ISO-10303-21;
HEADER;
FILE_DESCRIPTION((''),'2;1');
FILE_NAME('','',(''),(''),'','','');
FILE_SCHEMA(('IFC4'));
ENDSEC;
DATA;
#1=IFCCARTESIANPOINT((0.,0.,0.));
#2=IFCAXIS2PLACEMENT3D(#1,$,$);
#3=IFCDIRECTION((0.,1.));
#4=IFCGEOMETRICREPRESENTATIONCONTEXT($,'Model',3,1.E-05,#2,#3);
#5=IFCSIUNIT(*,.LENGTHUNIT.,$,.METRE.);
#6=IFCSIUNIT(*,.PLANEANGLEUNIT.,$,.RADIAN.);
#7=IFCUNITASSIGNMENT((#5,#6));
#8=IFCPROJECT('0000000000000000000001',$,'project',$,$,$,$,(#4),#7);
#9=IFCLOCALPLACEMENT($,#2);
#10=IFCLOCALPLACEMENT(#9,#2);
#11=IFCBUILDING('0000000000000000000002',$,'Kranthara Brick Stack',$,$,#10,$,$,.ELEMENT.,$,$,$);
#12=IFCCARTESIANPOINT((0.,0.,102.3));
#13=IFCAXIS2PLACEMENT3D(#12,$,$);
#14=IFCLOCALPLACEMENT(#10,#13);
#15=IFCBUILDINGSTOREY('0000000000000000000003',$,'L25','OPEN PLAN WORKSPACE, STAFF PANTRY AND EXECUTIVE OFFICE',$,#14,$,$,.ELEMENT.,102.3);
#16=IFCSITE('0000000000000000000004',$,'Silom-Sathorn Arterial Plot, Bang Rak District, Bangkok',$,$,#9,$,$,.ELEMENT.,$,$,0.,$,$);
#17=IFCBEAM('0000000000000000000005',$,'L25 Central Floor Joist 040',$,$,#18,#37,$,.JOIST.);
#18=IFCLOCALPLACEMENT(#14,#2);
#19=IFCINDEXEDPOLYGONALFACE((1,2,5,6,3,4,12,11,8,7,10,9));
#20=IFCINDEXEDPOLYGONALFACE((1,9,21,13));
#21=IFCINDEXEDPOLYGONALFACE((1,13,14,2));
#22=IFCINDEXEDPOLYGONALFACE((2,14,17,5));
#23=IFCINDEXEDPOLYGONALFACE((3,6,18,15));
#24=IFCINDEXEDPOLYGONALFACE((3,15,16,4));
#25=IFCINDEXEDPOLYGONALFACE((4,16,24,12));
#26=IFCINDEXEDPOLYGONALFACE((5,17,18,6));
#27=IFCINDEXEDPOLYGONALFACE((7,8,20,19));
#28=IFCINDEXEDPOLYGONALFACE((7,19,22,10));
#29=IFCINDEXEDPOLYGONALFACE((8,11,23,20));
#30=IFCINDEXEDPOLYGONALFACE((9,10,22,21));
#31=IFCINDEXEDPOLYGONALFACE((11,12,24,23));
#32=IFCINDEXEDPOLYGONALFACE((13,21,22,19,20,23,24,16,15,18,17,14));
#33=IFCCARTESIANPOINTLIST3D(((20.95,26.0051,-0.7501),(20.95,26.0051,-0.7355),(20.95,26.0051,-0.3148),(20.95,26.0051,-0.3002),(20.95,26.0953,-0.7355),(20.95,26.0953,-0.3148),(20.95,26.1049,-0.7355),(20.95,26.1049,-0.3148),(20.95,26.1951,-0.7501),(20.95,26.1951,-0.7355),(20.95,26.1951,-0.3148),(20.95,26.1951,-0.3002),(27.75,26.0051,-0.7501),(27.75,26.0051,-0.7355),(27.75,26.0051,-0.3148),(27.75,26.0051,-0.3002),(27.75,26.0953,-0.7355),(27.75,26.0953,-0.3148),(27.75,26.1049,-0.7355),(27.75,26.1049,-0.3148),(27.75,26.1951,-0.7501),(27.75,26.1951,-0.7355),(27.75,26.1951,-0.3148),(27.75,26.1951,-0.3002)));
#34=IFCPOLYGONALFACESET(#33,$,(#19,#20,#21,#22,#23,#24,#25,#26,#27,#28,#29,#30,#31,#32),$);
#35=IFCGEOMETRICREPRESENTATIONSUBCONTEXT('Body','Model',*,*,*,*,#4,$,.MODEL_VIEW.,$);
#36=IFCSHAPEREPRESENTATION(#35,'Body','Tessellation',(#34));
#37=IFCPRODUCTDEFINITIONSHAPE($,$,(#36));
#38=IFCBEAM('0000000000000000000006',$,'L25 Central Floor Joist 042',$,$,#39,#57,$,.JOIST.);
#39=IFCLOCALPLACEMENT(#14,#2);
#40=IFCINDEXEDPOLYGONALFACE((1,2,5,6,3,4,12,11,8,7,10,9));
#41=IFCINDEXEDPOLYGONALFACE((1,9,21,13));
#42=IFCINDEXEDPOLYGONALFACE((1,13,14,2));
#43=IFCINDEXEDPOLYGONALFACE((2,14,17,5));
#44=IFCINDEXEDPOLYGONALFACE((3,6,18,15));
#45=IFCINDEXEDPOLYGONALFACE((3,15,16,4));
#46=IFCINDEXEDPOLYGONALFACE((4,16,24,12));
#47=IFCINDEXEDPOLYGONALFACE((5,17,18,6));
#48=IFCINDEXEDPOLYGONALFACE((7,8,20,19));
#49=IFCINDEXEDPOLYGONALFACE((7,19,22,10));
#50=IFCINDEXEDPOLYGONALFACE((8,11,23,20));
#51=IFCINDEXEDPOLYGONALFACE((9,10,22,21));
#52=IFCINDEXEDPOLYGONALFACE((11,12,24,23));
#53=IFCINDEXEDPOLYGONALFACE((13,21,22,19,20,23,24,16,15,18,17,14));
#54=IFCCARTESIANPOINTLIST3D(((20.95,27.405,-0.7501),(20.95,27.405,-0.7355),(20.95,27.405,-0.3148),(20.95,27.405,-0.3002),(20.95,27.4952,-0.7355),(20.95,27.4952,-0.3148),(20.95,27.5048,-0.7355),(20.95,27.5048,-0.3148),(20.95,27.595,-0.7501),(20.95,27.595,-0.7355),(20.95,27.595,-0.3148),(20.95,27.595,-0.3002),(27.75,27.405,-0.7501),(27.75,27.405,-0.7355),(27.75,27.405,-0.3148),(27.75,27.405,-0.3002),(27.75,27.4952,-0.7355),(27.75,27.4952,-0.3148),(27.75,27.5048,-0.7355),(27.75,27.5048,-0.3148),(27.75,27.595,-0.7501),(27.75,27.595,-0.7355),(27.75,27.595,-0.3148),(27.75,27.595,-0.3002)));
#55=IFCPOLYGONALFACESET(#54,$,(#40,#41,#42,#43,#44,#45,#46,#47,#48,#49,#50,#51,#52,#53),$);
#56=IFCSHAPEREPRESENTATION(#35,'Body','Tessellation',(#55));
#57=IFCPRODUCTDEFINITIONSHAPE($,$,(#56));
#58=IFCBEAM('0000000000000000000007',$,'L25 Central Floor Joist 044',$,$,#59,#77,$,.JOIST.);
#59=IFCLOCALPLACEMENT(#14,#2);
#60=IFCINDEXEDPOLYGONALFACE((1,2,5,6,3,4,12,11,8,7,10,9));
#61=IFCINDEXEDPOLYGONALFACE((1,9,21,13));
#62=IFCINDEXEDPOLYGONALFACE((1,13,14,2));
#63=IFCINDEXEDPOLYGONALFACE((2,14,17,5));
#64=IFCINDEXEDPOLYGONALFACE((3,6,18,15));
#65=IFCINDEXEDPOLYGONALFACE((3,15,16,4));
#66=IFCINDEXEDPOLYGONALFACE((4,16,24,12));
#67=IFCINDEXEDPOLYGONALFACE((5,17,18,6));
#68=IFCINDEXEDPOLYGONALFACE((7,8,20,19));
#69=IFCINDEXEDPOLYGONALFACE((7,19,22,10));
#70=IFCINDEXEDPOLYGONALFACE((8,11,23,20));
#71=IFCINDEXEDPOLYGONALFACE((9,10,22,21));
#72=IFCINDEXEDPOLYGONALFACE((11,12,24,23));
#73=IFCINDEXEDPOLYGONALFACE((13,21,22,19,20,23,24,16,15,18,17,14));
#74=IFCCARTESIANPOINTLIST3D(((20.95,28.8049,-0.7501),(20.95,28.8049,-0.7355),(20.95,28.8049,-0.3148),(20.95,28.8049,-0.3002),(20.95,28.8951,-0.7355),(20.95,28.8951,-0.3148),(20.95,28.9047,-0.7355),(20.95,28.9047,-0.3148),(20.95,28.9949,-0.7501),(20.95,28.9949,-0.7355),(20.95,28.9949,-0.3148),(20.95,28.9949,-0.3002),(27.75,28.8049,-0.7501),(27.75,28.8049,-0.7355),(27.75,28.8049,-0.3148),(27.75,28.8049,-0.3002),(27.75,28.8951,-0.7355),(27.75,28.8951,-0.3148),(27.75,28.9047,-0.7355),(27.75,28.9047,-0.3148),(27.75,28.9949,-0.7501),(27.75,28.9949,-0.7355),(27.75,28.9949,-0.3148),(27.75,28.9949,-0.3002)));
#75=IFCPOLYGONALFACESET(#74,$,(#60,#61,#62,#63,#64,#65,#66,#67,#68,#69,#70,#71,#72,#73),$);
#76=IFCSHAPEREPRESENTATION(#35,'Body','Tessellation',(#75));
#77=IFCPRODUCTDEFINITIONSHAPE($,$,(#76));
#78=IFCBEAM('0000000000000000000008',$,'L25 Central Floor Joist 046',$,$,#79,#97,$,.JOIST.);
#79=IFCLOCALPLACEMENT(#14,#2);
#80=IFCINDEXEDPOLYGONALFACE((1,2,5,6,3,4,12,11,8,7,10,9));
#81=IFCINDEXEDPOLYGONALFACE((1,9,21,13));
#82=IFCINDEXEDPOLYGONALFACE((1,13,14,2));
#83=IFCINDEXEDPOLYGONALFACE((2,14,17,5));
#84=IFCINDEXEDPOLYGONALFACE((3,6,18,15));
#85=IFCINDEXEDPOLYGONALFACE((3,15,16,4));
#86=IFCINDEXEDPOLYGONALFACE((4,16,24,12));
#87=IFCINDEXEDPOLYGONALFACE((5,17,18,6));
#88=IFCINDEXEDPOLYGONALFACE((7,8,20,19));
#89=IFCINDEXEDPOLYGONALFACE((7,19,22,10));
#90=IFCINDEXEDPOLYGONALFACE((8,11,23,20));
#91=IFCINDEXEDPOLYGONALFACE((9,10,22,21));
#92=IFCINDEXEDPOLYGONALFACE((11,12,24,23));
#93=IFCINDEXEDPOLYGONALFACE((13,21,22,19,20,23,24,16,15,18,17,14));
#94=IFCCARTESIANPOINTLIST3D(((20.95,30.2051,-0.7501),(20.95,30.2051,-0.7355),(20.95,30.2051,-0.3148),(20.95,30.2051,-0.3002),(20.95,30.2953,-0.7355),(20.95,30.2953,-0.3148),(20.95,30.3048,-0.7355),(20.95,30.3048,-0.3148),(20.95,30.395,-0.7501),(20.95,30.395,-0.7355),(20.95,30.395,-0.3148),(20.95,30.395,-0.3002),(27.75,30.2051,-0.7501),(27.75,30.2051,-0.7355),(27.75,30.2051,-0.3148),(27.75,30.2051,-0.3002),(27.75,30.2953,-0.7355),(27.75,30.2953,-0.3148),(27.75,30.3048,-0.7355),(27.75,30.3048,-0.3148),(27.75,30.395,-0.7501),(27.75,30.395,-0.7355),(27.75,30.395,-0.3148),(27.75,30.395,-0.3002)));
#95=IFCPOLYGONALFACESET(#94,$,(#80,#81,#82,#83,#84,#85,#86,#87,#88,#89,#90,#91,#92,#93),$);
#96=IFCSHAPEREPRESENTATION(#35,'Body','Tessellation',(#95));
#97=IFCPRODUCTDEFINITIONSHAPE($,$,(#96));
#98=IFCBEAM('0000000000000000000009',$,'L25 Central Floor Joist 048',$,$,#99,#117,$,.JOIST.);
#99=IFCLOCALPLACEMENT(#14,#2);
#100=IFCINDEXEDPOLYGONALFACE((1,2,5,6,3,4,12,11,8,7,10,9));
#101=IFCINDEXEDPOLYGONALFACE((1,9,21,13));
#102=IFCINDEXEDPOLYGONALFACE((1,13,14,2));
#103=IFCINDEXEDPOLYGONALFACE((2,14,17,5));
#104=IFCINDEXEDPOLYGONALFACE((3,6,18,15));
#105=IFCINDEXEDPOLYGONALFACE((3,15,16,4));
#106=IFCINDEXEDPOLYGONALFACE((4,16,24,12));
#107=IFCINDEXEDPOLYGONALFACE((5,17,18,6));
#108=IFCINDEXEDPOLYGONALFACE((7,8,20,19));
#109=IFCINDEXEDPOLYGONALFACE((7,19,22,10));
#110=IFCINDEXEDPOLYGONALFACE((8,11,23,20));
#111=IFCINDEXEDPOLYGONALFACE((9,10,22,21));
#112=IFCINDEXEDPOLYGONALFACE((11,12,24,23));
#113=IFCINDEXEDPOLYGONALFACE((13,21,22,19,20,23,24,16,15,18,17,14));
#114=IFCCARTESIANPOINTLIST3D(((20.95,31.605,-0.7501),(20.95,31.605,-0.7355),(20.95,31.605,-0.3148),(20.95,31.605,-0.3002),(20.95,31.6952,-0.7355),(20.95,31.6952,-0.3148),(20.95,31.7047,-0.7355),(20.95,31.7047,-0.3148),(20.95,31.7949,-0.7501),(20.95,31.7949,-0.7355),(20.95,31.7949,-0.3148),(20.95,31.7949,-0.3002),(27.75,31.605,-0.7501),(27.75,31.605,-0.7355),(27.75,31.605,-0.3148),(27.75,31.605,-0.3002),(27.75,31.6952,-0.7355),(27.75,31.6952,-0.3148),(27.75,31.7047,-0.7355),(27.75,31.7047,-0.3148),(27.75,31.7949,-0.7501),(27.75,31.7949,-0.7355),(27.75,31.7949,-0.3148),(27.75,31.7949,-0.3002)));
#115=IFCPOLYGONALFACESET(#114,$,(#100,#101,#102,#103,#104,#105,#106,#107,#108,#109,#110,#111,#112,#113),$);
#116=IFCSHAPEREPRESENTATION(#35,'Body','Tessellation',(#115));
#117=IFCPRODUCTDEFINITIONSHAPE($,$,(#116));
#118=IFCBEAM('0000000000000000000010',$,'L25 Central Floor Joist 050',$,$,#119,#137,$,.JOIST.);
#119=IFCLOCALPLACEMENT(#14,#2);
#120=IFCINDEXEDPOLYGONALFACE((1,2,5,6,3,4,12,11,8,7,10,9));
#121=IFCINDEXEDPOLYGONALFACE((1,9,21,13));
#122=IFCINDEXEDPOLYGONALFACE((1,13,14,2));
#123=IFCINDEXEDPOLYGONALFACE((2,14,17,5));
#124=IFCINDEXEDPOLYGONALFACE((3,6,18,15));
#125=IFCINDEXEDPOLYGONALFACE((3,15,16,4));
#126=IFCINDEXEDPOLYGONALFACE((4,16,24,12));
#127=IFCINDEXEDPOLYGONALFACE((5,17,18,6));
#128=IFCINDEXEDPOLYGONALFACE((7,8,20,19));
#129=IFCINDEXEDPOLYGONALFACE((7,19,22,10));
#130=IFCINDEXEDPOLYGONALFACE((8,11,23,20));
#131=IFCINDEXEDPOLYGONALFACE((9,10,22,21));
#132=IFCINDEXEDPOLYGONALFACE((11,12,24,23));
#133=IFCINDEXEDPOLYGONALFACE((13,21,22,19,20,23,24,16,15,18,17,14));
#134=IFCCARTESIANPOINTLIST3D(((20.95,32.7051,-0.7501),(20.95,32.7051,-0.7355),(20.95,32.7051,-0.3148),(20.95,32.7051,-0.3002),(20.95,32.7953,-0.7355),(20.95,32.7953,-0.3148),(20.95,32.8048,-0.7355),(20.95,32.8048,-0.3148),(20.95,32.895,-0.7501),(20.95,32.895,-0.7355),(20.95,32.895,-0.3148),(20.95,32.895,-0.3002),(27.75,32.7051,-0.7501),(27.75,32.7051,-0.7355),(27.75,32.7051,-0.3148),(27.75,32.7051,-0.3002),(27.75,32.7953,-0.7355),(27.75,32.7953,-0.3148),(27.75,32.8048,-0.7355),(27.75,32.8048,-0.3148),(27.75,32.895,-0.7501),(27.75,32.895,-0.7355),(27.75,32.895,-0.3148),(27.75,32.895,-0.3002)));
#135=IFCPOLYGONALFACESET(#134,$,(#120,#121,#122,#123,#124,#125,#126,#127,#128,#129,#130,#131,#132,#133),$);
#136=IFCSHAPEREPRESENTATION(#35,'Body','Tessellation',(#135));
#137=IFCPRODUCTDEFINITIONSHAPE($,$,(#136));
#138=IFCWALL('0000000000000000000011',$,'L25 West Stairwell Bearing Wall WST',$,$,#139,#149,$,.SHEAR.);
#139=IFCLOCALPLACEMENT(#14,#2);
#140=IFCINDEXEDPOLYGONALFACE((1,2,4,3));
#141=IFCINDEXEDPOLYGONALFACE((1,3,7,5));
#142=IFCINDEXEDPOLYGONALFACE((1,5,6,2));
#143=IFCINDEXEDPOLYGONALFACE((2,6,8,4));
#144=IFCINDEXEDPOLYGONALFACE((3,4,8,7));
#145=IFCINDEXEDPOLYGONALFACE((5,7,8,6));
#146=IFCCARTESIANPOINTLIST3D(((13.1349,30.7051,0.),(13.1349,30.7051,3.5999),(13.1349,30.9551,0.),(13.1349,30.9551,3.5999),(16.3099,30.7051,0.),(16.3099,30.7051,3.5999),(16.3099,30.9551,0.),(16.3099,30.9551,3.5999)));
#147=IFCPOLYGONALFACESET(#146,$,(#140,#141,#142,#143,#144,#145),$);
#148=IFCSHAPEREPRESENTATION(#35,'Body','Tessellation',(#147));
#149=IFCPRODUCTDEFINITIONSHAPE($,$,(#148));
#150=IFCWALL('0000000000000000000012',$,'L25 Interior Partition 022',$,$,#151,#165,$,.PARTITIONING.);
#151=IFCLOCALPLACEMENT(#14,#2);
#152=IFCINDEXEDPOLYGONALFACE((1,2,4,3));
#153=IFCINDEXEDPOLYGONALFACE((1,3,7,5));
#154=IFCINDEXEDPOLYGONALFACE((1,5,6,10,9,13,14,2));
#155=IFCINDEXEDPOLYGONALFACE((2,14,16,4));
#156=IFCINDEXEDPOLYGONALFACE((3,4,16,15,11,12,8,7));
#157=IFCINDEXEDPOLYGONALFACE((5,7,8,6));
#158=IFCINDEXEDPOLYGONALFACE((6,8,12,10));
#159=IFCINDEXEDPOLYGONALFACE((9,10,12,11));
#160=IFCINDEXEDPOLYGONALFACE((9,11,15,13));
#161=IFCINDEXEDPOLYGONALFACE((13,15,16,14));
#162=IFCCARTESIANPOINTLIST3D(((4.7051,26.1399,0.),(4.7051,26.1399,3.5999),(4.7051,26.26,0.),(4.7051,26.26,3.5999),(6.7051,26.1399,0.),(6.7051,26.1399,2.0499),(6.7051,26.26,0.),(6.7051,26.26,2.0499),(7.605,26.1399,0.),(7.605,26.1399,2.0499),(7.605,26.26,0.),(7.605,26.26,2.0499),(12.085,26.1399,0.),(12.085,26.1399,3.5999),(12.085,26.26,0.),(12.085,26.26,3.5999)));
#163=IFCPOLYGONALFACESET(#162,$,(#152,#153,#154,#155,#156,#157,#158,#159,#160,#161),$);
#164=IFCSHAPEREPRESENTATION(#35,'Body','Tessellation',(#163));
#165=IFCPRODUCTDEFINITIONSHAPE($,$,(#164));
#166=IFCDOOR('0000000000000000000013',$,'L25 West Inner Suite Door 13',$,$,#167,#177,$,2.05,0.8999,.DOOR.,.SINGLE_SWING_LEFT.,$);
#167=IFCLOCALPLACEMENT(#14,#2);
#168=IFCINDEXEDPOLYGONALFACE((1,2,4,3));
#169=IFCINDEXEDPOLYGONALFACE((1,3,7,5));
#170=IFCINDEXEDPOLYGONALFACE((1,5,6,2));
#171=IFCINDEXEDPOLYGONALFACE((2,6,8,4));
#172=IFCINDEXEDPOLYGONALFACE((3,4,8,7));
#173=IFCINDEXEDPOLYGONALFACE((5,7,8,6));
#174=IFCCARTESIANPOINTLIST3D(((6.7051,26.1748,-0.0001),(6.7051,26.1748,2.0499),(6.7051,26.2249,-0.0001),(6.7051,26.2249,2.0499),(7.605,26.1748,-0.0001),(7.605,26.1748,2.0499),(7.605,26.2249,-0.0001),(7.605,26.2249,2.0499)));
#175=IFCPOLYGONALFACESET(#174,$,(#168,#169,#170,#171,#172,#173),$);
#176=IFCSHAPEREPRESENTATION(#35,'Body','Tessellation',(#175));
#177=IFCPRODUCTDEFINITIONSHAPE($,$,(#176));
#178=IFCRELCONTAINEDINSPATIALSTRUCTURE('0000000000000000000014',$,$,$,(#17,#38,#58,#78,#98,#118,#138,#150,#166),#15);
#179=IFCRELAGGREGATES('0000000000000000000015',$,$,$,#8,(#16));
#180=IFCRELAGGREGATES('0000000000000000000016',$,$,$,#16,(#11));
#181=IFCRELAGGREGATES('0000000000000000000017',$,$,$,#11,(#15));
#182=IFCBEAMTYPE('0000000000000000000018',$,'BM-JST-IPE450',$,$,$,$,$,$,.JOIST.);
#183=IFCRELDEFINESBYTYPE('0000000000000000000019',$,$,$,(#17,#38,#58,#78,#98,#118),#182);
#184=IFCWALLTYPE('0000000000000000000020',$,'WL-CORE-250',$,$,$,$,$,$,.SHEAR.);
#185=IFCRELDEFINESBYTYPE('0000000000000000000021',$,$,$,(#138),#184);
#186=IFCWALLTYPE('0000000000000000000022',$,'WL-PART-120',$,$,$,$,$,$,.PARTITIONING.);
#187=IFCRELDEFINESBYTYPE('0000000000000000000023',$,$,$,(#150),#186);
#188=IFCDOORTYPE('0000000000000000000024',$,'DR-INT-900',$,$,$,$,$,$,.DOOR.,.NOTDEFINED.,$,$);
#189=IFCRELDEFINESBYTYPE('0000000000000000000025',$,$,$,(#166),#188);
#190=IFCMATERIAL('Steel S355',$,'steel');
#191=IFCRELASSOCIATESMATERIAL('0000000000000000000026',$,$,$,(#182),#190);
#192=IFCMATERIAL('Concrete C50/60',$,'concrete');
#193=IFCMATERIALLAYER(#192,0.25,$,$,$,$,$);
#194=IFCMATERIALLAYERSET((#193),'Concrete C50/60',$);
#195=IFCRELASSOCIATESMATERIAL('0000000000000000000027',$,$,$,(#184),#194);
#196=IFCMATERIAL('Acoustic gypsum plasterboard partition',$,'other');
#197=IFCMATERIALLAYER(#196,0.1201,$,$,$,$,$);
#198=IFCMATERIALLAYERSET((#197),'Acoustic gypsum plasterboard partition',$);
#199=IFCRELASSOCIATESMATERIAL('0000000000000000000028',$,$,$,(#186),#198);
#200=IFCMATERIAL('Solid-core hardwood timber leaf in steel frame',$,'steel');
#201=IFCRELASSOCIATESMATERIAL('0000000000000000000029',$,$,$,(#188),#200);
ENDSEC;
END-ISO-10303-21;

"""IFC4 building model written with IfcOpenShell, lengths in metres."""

from ifc_helpers import new_model, si_unit, direction, frame, frame_2d, origin, origin_2d, place, context, subcontext, project, spatial, rectangle, i_section, extrude, material, layer, layer_set, material_profile, profile_set, type_object, element, fill, save


model = new_model("IFC4")

# Units and contexts
model_context = context("Model", 3, precision=1e-05, world=origin(), true_north=direction((0.0, 1.0)))
body_context = subcontext(model_context, "Body", "Model", "MODEL_VIEW")
ifc_project = project(units=[si_unit("LENGTHUNIT", "METRE"), si_unit("PLANEANGLEUNIT", "RADIAN")], contexts=[model_context])

# Site, building, storey
site_placement = place(None, origin())
site = spatial("IfcSite", under=ifc_project, at=site_placement, Name="Silom-Sathorn Arterial Plot, Bang Rak District, Bangkok", CompositionType="ELEMENT", RefElevation=0.0)
building_placement = place(site_placement, origin())
building = spatial("IfcBuilding", under=site, at=building_placement, Name="Kranthara Brick Stack", CompositionType="ELEMENT")
storey_placement = place(building_placement, frame((0.0, 0.0, 102.3)))
storey = spatial("IfcBuildingStorey", under=building, at=storey_placement, Name="L25", Description="OPEN PLAN WORKSPACE, STAFF PANTRY AND EXECUTIVE OFFICE", CompositionType="ELEMENT", Elevation=102.3)

# Beams
ifc_material_1 = material(Name="Steel S355", Category="steel")
ifc_material_profile = material_profile(ifc_material_1, i_section(OverallWidth=0.1899, OverallDepth=0.45, WebThickness=0.0095, FlangeThickness=0.0146, at=origin_2d()), Name="IPE 450")
ifc_profile_set = profile_set([ifc_material_profile], Name="Steel S355")
beam_type = type_object("IfcBeamType", Name="BM-JST-IPE450", PredefinedType="JOIST", material=ifc_profile_set)
for number, where, z_axis, x_axis, name in (
    (1, (20.95, 26.1001, -0.5251), (1.0, 0.0, 0.0), (0.0, 1.0, 0.0), "L25 Central Floor Joist 040"),
    (2, (20.95, 27.5, -0.5251), (1.0, 0.0, 0.0), (0.0, 1.0, 0.0), "L25 Central Floor Joist 042"),
    (3, (20.95, 28.8999, -0.5251), (1.0, 0.0, 0.0), (0.0, 1.0, 0.0), "L25 Central Floor Joist 044"),
    (4, (20.95, 30.3, -0.5251), (1.0, 0.0, 0.0), (0.0, 1.0, 0.0), "L25 Central Floor Joist 046"),
    (5, (20.95, 31.7, -0.5251), (1.0, 0.0, 0.0), (0.0, 1.0, 0.0), "L25 Central Floor Joist 048"),
    (6, (20.95, 32.8, -0.5251), (1.0, 0.0, 0.0), (0.0, 1.0, 0.0), "L25 Central Floor Joist 050"),
):
    element("IfcBeam", number, at=place(storey_placement, frame(where, z_axis=z_axis, x_axis=x_axis)), inside=storey, type_object=beam_type, Name=name, PredefinedType="JOIST", context=body_context, shape_type="SweptSolid", body=[
        extrude(i_section(OverallWidth=0.1899, OverallDepth=0.45, WebThickness=0.0095, FlangeThickness=0.0146, at=origin_2d()), origin(), (0.0, 0.0, 1.0), 6.8),
    ])

# Wall
ifc_material_2 = material(Name="Concrete C50/60", Category="concrete")
ifc_layer_1 = layer(ifc_material_2, 0.25)
ifc_layer_set_1 = layer_set([ifc_layer_1], Name="Concrete C50/60")
wall_type_1 = type_object("IfcWallType", Name="WL-CORE-250", PredefinedType="SHEAR", material=ifc_layer_set_1)
wall_1_placement = place(storey_placement, frame((13.135, 30.8301, 0.0), z_axis=(0.0, 0.0, 1.0), x_axis=(1.0, 0.0, 0.0)))
element("IfcWall", 7, at=wall_1_placement, inside=storey, type_object=wall_type_1, Name="L25 West Stairwell Bearing Wall WST", PredefinedType="SHEAR", context=body_context, shape_type="SweptSolid", body=[
    extrude(rectangle(XDim=3.175, YDim=0.25, at=frame_2d((1.5874, 0.0))), origin(), (0.0, 0.0, 1.0), 3.5999),
])

# Wall, opening, door
ifc_material_3 = material(Name="Acoustic gypsum plasterboard partition", Category="other")
ifc_layer_2 = layer(ifc_material_3, 0.1201)
ifc_layer_set_2 = layer_set([ifc_layer_2], Name="Acoustic gypsum plasterboard partition")
wall_type_2 = type_object("IfcWallType", Name="WL-PART-120", PredefinedType="PARTITIONING", material=ifc_layer_set_2)
wall_2_placement = place(storey_placement, frame((4.7051, 26.2, 0.0), z_axis=(0.0, 0.0, 1.0), x_axis=(1.0, 0.0, 0.0)))
wall_2 = element("IfcWall", 8, at=wall_2_placement, inside=storey, type_object=wall_type_2, Name="L25 Interior Partition 022", PredefinedType="PARTITIONING", context=body_context, shape_type="SweptSolid", body=[
    extrude(rectangle(XDim=7.3799, YDim=0.1201, at=frame_2d((3.6899, 0.0))), origin(), (0.0, 0.0, 1.0), 3.5999),
])
opening_1_placement = place(wall_2_placement, frame((2.0, 0.0, 0.0)))
opening_1 = element("IfcOpeningElement", 9, at=opening_1_placement, cuts=wall_2, PredefinedType="OPENING", context=body_context, shape_type="SweptSolid", body=[
    extrude(rectangle(XDim=0.8999, YDim=2.05, at=frame_2d((0.45, 1.0249))), frame((0.0, 0.0701, 0.0), z_axis=(0.0, -1.0, 0.0), x_axis=(1.0, 0.0, 0.0)), (0.0, 0.0, 1.0), 0.1401),
])
ifc_material_4 = material(Name="Solid-core hardwood timber leaf in steel frame", Category="steel")
door_type_1 = type_object("IfcDoorType", Name="DR-INT-900", OperationType="NOTDEFINED", PredefinedType="DOOR", material=ifc_material_4)
door_1_placement = place(opening_1_placement, origin())
door_1 = element("IfcDoor", 10, at=door_1_placement, inside=storey, type_object=door_type_1, Name="L25 West Inner Suite Door 13", OperationType="SINGLE_SWING_LEFT", OverallHeight=2.05, OverallWidth=0.8999, PredefinedType="DOOR", context=body_context, shape_type="SweptSolid", body=[
    extrude(rectangle(XDim=0.8999, YDim=2.05, at=frame_2d((0.45, 1.0249))), frame((0.0, 0.0249, 0.0), z_axis=(0.0, -1.0, 0.0), x_axis=(1.0, 0.0, 0.0)), (0.0, 0.0, 1.0), 0.05),
])
fill(opening_1, door_1)

save(model, "model.ifc")
